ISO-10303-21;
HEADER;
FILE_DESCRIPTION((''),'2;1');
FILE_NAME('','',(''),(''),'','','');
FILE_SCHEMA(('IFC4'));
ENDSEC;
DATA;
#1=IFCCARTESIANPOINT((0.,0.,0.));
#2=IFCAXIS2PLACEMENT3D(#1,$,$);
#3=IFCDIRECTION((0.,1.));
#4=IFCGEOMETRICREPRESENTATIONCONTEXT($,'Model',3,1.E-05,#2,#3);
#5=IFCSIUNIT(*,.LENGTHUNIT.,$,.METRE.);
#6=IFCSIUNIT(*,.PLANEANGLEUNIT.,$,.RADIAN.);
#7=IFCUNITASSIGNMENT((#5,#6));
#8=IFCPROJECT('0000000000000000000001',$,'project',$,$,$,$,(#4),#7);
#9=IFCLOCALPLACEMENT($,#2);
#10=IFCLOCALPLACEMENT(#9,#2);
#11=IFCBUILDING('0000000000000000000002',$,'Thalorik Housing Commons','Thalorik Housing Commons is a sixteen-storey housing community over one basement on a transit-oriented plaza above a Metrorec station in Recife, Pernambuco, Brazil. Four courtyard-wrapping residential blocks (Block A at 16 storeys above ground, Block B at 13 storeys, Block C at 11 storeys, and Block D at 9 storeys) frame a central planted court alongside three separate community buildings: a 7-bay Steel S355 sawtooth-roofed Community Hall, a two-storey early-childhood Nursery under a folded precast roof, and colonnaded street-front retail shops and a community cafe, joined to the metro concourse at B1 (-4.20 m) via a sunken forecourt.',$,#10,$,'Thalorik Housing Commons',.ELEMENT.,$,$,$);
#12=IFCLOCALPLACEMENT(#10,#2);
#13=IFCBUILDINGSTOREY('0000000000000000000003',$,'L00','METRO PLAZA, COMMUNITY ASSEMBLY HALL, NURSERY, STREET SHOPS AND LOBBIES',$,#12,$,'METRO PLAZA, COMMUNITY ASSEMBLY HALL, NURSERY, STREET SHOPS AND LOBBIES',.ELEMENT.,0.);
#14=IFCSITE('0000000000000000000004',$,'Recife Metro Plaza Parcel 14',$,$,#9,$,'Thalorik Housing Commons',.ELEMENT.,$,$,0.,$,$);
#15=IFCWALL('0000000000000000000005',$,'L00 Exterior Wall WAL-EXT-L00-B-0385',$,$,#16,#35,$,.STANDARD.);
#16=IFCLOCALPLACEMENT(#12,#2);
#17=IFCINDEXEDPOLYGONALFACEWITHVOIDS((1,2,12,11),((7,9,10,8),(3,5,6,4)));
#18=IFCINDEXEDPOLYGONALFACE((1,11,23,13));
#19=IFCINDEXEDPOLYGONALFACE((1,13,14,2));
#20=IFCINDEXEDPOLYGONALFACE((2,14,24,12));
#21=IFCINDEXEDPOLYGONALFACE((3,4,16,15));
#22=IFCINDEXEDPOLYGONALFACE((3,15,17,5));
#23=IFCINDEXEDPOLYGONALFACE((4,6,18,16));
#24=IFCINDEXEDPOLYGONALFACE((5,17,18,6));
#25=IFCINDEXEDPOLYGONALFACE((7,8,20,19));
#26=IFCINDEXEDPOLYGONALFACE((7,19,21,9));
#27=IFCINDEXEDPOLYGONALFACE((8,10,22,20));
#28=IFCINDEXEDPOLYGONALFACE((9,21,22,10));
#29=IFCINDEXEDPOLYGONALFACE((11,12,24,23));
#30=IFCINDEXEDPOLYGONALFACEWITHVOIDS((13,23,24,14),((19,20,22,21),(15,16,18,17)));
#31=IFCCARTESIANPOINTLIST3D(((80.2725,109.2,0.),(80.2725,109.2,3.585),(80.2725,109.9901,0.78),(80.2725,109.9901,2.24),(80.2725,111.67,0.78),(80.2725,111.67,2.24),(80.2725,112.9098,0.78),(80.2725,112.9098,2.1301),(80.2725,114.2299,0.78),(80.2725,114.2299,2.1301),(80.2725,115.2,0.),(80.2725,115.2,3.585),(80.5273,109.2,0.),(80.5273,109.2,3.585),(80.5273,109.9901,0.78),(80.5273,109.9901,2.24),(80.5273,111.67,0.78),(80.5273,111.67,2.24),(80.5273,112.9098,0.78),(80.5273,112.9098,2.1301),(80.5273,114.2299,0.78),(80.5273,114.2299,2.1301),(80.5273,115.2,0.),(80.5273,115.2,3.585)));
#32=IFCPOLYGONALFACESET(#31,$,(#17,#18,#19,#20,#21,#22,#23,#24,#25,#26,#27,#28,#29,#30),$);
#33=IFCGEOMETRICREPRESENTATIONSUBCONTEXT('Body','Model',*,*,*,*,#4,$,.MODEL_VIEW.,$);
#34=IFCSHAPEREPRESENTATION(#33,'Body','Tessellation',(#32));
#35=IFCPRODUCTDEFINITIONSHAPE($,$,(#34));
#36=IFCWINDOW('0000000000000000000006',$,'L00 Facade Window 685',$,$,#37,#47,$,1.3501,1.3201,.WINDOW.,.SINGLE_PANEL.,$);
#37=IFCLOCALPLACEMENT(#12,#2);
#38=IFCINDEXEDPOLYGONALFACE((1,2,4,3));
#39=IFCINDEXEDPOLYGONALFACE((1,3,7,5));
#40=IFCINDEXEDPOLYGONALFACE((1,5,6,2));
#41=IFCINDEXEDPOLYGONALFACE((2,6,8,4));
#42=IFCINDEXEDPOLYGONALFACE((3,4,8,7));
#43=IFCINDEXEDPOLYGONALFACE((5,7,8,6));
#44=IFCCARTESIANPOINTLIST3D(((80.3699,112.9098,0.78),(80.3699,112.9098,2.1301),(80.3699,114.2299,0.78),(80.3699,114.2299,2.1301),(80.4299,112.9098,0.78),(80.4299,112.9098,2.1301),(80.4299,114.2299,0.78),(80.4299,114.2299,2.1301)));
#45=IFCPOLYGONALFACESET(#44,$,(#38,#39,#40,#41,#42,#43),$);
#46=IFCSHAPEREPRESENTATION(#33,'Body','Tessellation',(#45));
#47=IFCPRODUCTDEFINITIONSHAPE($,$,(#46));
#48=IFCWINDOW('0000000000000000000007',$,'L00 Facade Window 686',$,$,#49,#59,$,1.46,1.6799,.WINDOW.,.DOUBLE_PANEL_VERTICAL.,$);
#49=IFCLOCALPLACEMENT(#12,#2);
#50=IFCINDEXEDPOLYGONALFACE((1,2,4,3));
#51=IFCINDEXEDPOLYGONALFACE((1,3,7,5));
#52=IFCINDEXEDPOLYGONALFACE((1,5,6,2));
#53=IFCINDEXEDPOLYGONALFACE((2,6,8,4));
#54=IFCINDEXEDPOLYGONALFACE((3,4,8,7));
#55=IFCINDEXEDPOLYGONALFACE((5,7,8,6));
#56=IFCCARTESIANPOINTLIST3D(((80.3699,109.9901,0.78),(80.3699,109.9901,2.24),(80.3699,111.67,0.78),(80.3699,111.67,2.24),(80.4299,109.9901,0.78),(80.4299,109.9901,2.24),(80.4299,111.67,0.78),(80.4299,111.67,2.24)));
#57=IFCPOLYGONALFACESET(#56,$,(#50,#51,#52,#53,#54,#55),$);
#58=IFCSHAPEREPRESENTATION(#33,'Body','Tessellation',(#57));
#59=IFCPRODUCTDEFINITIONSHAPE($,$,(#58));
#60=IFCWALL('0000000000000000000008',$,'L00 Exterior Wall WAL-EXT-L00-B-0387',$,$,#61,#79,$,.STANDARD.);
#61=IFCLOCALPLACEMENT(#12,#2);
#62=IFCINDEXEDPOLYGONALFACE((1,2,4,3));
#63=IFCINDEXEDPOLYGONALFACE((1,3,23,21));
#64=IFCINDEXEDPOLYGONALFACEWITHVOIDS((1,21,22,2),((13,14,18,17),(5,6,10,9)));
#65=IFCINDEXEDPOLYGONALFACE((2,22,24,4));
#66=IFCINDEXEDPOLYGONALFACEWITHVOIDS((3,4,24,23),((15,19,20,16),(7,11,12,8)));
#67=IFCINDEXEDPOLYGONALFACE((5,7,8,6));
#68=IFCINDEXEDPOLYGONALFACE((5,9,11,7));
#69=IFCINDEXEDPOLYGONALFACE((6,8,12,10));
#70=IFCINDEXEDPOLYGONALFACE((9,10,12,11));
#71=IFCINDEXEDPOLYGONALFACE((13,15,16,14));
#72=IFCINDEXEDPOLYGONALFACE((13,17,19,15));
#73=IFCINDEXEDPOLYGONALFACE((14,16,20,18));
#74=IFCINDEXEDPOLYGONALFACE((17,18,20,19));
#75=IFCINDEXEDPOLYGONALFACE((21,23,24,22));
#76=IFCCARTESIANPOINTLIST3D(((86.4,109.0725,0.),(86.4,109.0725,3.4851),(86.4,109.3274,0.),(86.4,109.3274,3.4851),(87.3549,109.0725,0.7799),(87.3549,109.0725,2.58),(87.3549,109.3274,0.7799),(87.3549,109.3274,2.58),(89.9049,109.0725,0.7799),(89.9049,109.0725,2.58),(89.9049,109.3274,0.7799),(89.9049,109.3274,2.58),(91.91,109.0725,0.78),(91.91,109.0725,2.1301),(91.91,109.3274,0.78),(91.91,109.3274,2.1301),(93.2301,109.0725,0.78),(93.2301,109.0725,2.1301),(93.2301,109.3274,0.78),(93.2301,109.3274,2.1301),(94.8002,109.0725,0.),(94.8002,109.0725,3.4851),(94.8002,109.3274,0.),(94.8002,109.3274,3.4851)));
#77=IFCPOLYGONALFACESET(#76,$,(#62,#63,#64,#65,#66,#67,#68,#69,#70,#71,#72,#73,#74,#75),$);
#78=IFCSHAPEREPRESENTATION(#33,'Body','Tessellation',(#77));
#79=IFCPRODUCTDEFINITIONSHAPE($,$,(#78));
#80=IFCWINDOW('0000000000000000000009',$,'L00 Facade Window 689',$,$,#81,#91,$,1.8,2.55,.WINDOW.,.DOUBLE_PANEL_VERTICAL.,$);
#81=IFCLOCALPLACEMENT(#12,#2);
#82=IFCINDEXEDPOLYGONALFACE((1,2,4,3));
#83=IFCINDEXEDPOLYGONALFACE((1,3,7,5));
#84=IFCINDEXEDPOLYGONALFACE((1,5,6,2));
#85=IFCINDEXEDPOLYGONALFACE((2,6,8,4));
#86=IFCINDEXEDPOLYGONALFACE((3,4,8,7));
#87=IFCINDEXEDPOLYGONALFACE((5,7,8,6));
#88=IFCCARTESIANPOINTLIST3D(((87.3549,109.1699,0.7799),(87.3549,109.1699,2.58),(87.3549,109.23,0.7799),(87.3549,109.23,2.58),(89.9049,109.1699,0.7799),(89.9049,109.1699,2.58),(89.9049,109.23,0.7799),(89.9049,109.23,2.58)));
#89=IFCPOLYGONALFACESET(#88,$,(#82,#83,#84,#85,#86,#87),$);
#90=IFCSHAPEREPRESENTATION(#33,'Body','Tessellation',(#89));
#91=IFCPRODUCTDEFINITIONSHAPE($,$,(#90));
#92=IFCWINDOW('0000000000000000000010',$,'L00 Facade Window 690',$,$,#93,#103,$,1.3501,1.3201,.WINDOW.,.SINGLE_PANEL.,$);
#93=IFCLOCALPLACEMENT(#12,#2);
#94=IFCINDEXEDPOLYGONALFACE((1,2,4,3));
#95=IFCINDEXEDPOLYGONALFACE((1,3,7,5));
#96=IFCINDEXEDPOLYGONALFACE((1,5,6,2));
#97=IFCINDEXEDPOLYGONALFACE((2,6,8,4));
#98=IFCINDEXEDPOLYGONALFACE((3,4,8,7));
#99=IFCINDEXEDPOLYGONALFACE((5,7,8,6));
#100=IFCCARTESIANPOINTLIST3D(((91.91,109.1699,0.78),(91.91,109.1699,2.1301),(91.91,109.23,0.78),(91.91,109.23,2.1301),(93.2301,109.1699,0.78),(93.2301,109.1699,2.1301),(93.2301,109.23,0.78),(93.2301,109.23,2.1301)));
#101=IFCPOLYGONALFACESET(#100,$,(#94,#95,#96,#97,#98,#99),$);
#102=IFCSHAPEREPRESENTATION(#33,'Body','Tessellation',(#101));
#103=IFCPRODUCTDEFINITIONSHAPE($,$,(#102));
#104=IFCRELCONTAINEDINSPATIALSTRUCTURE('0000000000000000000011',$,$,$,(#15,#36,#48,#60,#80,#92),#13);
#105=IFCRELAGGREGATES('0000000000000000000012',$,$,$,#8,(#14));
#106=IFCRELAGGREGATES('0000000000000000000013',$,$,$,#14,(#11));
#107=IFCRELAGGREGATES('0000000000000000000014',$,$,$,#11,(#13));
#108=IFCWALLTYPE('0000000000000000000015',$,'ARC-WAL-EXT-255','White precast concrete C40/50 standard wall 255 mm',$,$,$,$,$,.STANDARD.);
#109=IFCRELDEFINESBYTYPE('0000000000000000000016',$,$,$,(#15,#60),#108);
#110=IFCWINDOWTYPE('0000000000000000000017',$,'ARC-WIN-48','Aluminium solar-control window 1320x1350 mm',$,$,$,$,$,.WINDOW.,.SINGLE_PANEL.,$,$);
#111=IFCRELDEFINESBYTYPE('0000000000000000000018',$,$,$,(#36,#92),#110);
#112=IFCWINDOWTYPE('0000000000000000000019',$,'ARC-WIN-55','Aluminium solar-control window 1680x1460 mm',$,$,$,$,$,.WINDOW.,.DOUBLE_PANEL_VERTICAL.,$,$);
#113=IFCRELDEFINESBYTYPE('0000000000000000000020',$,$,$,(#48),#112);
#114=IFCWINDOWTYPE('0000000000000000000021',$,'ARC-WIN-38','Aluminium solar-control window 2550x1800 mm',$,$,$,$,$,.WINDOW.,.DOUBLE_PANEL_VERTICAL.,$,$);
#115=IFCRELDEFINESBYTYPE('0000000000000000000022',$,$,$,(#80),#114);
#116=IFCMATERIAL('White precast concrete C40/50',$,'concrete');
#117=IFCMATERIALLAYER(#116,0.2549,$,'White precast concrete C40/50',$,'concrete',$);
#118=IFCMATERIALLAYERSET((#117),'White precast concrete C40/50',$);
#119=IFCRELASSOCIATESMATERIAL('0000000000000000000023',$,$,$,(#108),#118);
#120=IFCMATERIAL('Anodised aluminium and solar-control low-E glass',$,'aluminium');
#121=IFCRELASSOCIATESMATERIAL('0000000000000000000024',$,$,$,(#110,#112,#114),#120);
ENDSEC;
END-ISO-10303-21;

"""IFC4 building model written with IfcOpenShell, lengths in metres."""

from ifc_helpers import new_model, si_unit, direction, frame, frame_2d, origin, place, context, subcontext, project, spatial, rectangle, extrude, material, layer, layer_set, type_object, element, fill, save


model = new_model("IFC4")

# Units and contexts
model_context = context("Model", 3, precision=1e-05, world=origin(), true_north=direction((0.0, 1.0)))
body_context = subcontext(model_context, "Body", "Model", "MODEL_VIEW")
ifc_project = project(units=[si_unit("LENGTHUNIT", "METRE"), si_unit("PLANEANGLEUNIT", "RADIAN")], contexts=[model_context])

# Site, building, storey
site_placement = place(None, origin())
site = spatial("IfcSite", under=ifc_project, at=site_placement, Name="Recife Metro Plaza Parcel 14", LongName="Thalorik Housing Commons", CompositionType="ELEMENT", RefElevation=0.0)
building_placement = place(site_placement, origin())
building = spatial("IfcBuilding", under=site, at=building_placement, Name="Thalorik Housing Commons", Description="Thalorik Housing Commons is a sixteen-storey housing community over one basement on a transit-oriented plaza above a Metrorec station in Recife, Pernambuco, Brazil. Four courtyard-wrapping residential blocks (Block A at 16 storeys above ground, Block B at 13 storeys, Block C at 11 storeys, and Block D at 9 storeys) frame a central planted court alongside three separate community buildings: a 7-bay Steel S355 sawtooth-roofed Community Hall, a two-storey early-childhood Nursery under a folded precast roof, and colonnaded street-front retail shops and a community cafe, joined to the metro concourse at B1 (-4.20 m) via a sunken forecourt.", LongName="Thalorik Housing Commons", CompositionType="ELEMENT")
storey_placement = place(building_placement, origin())
storey = spatial("IfcBuildingStorey", under=building, at=storey_placement, Name="L00", Description="METRO PLAZA, COMMUNITY ASSEMBLY HALL, NURSERY, STREET SHOPS AND LOBBIES", LongName="METRO PLAZA, COMMUNITY ASSEMBLY HALL, NURSERY, STREET SHOPS AND LOBBIES", CompositionType="ELEMENT", Elevation=0.0)

# Walls, openings, windows
ifc_material_1 = material(Name="White precast concrete C40/50", Category="concrete")
ifc_layer_1 = layer(ifc_material_1, 0.2549, Name="White precast concrete C40/50", Category="concrete")
ifc_layer_set_1 = layer_set([ifc_layer_1], Name="White precast concrete C40/50")
wall_type_1 = type_object("IfcWallType", Name="ARC-WAL-EXT-255", Description="White precast concrete C40/50 standard wall 255 mm", PredefinedType="STANDARD", material=ifc_layer_set_1)
ifc_material_2 = material(Name="Anodised aluminium and solar-control low-E glass", Category="aluminium")
wall_1_placement = place(storey_placement, frame((80.3999, 115.2, 0.0), z_axis=(0.0, 0.0, 1.0), x_axis=(0.0, -1.0, 0.0)))
wall_1 = element("IfcWall", 1, at=wall_1_placement, inside=storey, type_object=wall_type_1, Name="L00 Exterior Wall WAL-EXT-L00-B-0385", PredefinedType="STANDARD", context=body_context, shape_type="SweptSolid", body=[
    extrude(rectangle(XDim=6.0, YDim=0.2549, at=frame_2d((3.0, 0.0))), origin(), (0.0, 0.0, 1.0), 3.585),
])
opening_1_placement = place(wall_1_placement, frame((0.97, 0.0, 0.78)))
opening_1 = element("IfcOpeningElement", 2, at=opening_1_placement, cuts=wall_1, PredefinedType="OPENING", context=body_context, shape_type="SweptSolid", body=[
    extrude(rectangle(XDim=1.3201, YDim=1.3501, at=frame_2d((0.6602, 0.675))), frame((0.0, 0.1375, 0.0), z_axis=(0.0, -1.0, 0.0), x_axis=(1.0, 0.0, 0.0)), (0.0, 0.0, 1.0), 0.2749),
])
opening_2_placement = place(wall_1_placement, frame((3.53, 0.0, 0.78)))
opening_2 = element("IfcOpeningElement", 3, at=opening_2_placement, cuts=wall_1, PredefinedType="OPENING", context=body_context, shape_type="SweptSolid", body=[
    extrude(rectangle(XDim=1.6799, YDim=1.46, at=frame_2d((0.8398, 0.73))), frame((0.0, 0.1375, 0.0), z_axis=(0.0, -1.0, 0.0), x_axis=(1.0, 0.0, 0.0)), (0.0, 0.0, 1.0), 0.2749),
])
window_type_1 = type_object("IfcWindowType", Name="ARC-WIN-48", Description="Aluminium solar-control window 1320x1350 mm", PartitioningType="SINGLE_PANEL", PredefinedType="WINDOW", material=ifc_material_2)
window_1_placement = place(opening_1_placement, origin())
window_1 = element("IfcWindow", 4, at=window_1_placement, inside=storey, type_object=window_type_1, Name="L00 Facade Window 685", OverallHeight=1.3501, OverallWidth=1.3201, PartitioningType="SINGLE_PANEL", PredefinedType="WINDOW", context=body_context, shape_type="SweptSolid", body=[
    extrude(rectangle(XDim=1.3201, YDim=1.3501, at=frame_2d((0.6602, 0.675))), frame((0.0, 0.03, 0.0), z_axis=(0.0, -1.0, 0.0), x_axis=(1.0, 0.0, 0.0)), (0.0, 0.0, 1.0), 0.0601),
])
fill(opening_1, window_1)
window_type_2 = type_object("IfcWindowType", Name="ARC-WIN-55", Description="Aluminium solar-control window 1680x1460 mm", PartitioningType="DOUBLE_PANEL_VERTICAL", PredefinedType="WINDOW", material=ifc_material_2)
window_2_placement = place(opening_2_placement, origin())
window_2 = element("IfcWindow", 5, at=window_2_placement, inside=storey, type_object=window_type_2, Name="L00 Facade Window 686", OverallHeight=1.46, OverallWidth=1.6799, PartitioningType="DOUBLE_PANEL_VERTICAL", PredefinedType="WINDOW", context=body_context, shape_type="SweptSolid", body=[
    extrude(rectangle(XDim=1.6799, YDim=1.46, at=frame_2d((0.8398, 0.73))), frame((0.0, 0.03, 0.0), z_axis=(0.0, -1.0, 0.0), x_axis=(1.0, 0.0, 0.0)), (0.0, 0.0, 1.0), 0.0601),
])
fill(opening_2, window_2)
wall_2_placement = place(storey_placement, frame((86.3999, 109.2, 0.0), z_axis=(0.0, 0.0, 1.0), x_axis=(1.0, 0.0, 0.0)))
wall_2 = element("IfcWall", 6, at=wall_2_placement, inside=storey, type_object=wall_type_1, Name="L00 Exterior Wall WAL-EXT-L00-B-0387", PredefinedType="STANDARD", context=body_context, shape_type="SweptSolid", body=[
    extrude(rectangle(XDim=8.4001, YDim=0.2549, at=frame_2d((4.2002, 0.0))), origin(), (0.0, 0.0, 1.0), 3.4851),
])
opening_3_placement = place(wall_2_placement, frame((0.9551, 0.0, 0.78)))
opening_3 = element("IfcOpeningElement", 7, at=opening_3_placement, cuts=wall_2, PredefinedType="OPENING", context=body_context, shape_type="SweptSolid", body=[
    extrude(rectangle(XDim=2.55, YDim=1.8, at=frame_2d((1.2749, 0.8999))), frame((0.0, 0.1375, 0.0), z_axis=(0.0, -1.0, 0.0), x_axis=(1.0, 0.0, 0.0)), (0.0, 0.0, 1.0), 0.2749),
])
opening_4_placement = place(wall_2_placement, frame((5.51, 0.0, 0.78)))
opening_4 = element("IfcOpeningElement", 8, at=opening_4_placement, cuts=wall_2, PredefinedType="OPENING", context=body_context, shape_type="SweptSolid", body=[
    extrude(rectangle(XDim=1.3201, YDim=1.3501, at=frame_2d((0.6602, 0.675))), frame((0.0, 0.1375, 0.0), z_axis=(0.0, -1.0, 0.0), x_axis=(1.0, 0.0, 0.0)), (0.0, 0.0, 1.0), 0.2749),
])
window_type_3 = type_object("IfcWindowType", Name="ARC-WIN-38", Description="Aluminium solar-control window 2550x1800 mm", PartitioningType="DOUBLE_PANEL_VERTICAL", PredefinedType="WINDOW", material=ifc_material_2)
window_3_placement = place(opening_3_placement, origin())
window_3 = element("IfcWindow", 9, at=window_3_placement, inside=storey, type_object=window_type_3, Name="L00 Facade Window 689", OverallHeight=1.8, OverallWidth=2.55, PartitioningType="DOUBLE_PANEL_VERTICAL", PredefinedType="WINDOW", context=body_context, shape_type="SweptSolid", body=[
    extrude(rectangle(XDim=2.55, YDim=1.8, at=frame_2d((1.2749, 0.8999))), frame((0.0, 0.03, 0.0), z_axis=(0.0, -1.0, 0.0), x_axis=(1.0, 0.0, 0.0)), (0.0, 0.0, 1.0), 0.0601),
])
fill(opening_3, window_3)
window_4_placement = place(opening_4_placement, origin())
window_4 = element("IfcWindow", 10, at=window_4_placement, inside=storey, type_object=window_type_1, Name="L00 Facade Window 690", OverallHeight=1.3501, OverallWidth=1.3201, PartitioningType="SINGLE_PANEL", PredefinedType="WINDOW", context=body_context, shape_type="SweptSolid", body=[
    extrude(rectangle(XDim=1.3201, YDim=1.3501, at=frame_2d((0.6602, 0.675))), frame((0.0, 0.03, 0.0), z_axis=(0.0, -1.0, 0.0), x_axis=(1.0, 0.0, 0.0)), (0.0, 0.0, 1.0), 0.0601),
])
fill(opening_4, window_4)

save(model, "model.ifc")
